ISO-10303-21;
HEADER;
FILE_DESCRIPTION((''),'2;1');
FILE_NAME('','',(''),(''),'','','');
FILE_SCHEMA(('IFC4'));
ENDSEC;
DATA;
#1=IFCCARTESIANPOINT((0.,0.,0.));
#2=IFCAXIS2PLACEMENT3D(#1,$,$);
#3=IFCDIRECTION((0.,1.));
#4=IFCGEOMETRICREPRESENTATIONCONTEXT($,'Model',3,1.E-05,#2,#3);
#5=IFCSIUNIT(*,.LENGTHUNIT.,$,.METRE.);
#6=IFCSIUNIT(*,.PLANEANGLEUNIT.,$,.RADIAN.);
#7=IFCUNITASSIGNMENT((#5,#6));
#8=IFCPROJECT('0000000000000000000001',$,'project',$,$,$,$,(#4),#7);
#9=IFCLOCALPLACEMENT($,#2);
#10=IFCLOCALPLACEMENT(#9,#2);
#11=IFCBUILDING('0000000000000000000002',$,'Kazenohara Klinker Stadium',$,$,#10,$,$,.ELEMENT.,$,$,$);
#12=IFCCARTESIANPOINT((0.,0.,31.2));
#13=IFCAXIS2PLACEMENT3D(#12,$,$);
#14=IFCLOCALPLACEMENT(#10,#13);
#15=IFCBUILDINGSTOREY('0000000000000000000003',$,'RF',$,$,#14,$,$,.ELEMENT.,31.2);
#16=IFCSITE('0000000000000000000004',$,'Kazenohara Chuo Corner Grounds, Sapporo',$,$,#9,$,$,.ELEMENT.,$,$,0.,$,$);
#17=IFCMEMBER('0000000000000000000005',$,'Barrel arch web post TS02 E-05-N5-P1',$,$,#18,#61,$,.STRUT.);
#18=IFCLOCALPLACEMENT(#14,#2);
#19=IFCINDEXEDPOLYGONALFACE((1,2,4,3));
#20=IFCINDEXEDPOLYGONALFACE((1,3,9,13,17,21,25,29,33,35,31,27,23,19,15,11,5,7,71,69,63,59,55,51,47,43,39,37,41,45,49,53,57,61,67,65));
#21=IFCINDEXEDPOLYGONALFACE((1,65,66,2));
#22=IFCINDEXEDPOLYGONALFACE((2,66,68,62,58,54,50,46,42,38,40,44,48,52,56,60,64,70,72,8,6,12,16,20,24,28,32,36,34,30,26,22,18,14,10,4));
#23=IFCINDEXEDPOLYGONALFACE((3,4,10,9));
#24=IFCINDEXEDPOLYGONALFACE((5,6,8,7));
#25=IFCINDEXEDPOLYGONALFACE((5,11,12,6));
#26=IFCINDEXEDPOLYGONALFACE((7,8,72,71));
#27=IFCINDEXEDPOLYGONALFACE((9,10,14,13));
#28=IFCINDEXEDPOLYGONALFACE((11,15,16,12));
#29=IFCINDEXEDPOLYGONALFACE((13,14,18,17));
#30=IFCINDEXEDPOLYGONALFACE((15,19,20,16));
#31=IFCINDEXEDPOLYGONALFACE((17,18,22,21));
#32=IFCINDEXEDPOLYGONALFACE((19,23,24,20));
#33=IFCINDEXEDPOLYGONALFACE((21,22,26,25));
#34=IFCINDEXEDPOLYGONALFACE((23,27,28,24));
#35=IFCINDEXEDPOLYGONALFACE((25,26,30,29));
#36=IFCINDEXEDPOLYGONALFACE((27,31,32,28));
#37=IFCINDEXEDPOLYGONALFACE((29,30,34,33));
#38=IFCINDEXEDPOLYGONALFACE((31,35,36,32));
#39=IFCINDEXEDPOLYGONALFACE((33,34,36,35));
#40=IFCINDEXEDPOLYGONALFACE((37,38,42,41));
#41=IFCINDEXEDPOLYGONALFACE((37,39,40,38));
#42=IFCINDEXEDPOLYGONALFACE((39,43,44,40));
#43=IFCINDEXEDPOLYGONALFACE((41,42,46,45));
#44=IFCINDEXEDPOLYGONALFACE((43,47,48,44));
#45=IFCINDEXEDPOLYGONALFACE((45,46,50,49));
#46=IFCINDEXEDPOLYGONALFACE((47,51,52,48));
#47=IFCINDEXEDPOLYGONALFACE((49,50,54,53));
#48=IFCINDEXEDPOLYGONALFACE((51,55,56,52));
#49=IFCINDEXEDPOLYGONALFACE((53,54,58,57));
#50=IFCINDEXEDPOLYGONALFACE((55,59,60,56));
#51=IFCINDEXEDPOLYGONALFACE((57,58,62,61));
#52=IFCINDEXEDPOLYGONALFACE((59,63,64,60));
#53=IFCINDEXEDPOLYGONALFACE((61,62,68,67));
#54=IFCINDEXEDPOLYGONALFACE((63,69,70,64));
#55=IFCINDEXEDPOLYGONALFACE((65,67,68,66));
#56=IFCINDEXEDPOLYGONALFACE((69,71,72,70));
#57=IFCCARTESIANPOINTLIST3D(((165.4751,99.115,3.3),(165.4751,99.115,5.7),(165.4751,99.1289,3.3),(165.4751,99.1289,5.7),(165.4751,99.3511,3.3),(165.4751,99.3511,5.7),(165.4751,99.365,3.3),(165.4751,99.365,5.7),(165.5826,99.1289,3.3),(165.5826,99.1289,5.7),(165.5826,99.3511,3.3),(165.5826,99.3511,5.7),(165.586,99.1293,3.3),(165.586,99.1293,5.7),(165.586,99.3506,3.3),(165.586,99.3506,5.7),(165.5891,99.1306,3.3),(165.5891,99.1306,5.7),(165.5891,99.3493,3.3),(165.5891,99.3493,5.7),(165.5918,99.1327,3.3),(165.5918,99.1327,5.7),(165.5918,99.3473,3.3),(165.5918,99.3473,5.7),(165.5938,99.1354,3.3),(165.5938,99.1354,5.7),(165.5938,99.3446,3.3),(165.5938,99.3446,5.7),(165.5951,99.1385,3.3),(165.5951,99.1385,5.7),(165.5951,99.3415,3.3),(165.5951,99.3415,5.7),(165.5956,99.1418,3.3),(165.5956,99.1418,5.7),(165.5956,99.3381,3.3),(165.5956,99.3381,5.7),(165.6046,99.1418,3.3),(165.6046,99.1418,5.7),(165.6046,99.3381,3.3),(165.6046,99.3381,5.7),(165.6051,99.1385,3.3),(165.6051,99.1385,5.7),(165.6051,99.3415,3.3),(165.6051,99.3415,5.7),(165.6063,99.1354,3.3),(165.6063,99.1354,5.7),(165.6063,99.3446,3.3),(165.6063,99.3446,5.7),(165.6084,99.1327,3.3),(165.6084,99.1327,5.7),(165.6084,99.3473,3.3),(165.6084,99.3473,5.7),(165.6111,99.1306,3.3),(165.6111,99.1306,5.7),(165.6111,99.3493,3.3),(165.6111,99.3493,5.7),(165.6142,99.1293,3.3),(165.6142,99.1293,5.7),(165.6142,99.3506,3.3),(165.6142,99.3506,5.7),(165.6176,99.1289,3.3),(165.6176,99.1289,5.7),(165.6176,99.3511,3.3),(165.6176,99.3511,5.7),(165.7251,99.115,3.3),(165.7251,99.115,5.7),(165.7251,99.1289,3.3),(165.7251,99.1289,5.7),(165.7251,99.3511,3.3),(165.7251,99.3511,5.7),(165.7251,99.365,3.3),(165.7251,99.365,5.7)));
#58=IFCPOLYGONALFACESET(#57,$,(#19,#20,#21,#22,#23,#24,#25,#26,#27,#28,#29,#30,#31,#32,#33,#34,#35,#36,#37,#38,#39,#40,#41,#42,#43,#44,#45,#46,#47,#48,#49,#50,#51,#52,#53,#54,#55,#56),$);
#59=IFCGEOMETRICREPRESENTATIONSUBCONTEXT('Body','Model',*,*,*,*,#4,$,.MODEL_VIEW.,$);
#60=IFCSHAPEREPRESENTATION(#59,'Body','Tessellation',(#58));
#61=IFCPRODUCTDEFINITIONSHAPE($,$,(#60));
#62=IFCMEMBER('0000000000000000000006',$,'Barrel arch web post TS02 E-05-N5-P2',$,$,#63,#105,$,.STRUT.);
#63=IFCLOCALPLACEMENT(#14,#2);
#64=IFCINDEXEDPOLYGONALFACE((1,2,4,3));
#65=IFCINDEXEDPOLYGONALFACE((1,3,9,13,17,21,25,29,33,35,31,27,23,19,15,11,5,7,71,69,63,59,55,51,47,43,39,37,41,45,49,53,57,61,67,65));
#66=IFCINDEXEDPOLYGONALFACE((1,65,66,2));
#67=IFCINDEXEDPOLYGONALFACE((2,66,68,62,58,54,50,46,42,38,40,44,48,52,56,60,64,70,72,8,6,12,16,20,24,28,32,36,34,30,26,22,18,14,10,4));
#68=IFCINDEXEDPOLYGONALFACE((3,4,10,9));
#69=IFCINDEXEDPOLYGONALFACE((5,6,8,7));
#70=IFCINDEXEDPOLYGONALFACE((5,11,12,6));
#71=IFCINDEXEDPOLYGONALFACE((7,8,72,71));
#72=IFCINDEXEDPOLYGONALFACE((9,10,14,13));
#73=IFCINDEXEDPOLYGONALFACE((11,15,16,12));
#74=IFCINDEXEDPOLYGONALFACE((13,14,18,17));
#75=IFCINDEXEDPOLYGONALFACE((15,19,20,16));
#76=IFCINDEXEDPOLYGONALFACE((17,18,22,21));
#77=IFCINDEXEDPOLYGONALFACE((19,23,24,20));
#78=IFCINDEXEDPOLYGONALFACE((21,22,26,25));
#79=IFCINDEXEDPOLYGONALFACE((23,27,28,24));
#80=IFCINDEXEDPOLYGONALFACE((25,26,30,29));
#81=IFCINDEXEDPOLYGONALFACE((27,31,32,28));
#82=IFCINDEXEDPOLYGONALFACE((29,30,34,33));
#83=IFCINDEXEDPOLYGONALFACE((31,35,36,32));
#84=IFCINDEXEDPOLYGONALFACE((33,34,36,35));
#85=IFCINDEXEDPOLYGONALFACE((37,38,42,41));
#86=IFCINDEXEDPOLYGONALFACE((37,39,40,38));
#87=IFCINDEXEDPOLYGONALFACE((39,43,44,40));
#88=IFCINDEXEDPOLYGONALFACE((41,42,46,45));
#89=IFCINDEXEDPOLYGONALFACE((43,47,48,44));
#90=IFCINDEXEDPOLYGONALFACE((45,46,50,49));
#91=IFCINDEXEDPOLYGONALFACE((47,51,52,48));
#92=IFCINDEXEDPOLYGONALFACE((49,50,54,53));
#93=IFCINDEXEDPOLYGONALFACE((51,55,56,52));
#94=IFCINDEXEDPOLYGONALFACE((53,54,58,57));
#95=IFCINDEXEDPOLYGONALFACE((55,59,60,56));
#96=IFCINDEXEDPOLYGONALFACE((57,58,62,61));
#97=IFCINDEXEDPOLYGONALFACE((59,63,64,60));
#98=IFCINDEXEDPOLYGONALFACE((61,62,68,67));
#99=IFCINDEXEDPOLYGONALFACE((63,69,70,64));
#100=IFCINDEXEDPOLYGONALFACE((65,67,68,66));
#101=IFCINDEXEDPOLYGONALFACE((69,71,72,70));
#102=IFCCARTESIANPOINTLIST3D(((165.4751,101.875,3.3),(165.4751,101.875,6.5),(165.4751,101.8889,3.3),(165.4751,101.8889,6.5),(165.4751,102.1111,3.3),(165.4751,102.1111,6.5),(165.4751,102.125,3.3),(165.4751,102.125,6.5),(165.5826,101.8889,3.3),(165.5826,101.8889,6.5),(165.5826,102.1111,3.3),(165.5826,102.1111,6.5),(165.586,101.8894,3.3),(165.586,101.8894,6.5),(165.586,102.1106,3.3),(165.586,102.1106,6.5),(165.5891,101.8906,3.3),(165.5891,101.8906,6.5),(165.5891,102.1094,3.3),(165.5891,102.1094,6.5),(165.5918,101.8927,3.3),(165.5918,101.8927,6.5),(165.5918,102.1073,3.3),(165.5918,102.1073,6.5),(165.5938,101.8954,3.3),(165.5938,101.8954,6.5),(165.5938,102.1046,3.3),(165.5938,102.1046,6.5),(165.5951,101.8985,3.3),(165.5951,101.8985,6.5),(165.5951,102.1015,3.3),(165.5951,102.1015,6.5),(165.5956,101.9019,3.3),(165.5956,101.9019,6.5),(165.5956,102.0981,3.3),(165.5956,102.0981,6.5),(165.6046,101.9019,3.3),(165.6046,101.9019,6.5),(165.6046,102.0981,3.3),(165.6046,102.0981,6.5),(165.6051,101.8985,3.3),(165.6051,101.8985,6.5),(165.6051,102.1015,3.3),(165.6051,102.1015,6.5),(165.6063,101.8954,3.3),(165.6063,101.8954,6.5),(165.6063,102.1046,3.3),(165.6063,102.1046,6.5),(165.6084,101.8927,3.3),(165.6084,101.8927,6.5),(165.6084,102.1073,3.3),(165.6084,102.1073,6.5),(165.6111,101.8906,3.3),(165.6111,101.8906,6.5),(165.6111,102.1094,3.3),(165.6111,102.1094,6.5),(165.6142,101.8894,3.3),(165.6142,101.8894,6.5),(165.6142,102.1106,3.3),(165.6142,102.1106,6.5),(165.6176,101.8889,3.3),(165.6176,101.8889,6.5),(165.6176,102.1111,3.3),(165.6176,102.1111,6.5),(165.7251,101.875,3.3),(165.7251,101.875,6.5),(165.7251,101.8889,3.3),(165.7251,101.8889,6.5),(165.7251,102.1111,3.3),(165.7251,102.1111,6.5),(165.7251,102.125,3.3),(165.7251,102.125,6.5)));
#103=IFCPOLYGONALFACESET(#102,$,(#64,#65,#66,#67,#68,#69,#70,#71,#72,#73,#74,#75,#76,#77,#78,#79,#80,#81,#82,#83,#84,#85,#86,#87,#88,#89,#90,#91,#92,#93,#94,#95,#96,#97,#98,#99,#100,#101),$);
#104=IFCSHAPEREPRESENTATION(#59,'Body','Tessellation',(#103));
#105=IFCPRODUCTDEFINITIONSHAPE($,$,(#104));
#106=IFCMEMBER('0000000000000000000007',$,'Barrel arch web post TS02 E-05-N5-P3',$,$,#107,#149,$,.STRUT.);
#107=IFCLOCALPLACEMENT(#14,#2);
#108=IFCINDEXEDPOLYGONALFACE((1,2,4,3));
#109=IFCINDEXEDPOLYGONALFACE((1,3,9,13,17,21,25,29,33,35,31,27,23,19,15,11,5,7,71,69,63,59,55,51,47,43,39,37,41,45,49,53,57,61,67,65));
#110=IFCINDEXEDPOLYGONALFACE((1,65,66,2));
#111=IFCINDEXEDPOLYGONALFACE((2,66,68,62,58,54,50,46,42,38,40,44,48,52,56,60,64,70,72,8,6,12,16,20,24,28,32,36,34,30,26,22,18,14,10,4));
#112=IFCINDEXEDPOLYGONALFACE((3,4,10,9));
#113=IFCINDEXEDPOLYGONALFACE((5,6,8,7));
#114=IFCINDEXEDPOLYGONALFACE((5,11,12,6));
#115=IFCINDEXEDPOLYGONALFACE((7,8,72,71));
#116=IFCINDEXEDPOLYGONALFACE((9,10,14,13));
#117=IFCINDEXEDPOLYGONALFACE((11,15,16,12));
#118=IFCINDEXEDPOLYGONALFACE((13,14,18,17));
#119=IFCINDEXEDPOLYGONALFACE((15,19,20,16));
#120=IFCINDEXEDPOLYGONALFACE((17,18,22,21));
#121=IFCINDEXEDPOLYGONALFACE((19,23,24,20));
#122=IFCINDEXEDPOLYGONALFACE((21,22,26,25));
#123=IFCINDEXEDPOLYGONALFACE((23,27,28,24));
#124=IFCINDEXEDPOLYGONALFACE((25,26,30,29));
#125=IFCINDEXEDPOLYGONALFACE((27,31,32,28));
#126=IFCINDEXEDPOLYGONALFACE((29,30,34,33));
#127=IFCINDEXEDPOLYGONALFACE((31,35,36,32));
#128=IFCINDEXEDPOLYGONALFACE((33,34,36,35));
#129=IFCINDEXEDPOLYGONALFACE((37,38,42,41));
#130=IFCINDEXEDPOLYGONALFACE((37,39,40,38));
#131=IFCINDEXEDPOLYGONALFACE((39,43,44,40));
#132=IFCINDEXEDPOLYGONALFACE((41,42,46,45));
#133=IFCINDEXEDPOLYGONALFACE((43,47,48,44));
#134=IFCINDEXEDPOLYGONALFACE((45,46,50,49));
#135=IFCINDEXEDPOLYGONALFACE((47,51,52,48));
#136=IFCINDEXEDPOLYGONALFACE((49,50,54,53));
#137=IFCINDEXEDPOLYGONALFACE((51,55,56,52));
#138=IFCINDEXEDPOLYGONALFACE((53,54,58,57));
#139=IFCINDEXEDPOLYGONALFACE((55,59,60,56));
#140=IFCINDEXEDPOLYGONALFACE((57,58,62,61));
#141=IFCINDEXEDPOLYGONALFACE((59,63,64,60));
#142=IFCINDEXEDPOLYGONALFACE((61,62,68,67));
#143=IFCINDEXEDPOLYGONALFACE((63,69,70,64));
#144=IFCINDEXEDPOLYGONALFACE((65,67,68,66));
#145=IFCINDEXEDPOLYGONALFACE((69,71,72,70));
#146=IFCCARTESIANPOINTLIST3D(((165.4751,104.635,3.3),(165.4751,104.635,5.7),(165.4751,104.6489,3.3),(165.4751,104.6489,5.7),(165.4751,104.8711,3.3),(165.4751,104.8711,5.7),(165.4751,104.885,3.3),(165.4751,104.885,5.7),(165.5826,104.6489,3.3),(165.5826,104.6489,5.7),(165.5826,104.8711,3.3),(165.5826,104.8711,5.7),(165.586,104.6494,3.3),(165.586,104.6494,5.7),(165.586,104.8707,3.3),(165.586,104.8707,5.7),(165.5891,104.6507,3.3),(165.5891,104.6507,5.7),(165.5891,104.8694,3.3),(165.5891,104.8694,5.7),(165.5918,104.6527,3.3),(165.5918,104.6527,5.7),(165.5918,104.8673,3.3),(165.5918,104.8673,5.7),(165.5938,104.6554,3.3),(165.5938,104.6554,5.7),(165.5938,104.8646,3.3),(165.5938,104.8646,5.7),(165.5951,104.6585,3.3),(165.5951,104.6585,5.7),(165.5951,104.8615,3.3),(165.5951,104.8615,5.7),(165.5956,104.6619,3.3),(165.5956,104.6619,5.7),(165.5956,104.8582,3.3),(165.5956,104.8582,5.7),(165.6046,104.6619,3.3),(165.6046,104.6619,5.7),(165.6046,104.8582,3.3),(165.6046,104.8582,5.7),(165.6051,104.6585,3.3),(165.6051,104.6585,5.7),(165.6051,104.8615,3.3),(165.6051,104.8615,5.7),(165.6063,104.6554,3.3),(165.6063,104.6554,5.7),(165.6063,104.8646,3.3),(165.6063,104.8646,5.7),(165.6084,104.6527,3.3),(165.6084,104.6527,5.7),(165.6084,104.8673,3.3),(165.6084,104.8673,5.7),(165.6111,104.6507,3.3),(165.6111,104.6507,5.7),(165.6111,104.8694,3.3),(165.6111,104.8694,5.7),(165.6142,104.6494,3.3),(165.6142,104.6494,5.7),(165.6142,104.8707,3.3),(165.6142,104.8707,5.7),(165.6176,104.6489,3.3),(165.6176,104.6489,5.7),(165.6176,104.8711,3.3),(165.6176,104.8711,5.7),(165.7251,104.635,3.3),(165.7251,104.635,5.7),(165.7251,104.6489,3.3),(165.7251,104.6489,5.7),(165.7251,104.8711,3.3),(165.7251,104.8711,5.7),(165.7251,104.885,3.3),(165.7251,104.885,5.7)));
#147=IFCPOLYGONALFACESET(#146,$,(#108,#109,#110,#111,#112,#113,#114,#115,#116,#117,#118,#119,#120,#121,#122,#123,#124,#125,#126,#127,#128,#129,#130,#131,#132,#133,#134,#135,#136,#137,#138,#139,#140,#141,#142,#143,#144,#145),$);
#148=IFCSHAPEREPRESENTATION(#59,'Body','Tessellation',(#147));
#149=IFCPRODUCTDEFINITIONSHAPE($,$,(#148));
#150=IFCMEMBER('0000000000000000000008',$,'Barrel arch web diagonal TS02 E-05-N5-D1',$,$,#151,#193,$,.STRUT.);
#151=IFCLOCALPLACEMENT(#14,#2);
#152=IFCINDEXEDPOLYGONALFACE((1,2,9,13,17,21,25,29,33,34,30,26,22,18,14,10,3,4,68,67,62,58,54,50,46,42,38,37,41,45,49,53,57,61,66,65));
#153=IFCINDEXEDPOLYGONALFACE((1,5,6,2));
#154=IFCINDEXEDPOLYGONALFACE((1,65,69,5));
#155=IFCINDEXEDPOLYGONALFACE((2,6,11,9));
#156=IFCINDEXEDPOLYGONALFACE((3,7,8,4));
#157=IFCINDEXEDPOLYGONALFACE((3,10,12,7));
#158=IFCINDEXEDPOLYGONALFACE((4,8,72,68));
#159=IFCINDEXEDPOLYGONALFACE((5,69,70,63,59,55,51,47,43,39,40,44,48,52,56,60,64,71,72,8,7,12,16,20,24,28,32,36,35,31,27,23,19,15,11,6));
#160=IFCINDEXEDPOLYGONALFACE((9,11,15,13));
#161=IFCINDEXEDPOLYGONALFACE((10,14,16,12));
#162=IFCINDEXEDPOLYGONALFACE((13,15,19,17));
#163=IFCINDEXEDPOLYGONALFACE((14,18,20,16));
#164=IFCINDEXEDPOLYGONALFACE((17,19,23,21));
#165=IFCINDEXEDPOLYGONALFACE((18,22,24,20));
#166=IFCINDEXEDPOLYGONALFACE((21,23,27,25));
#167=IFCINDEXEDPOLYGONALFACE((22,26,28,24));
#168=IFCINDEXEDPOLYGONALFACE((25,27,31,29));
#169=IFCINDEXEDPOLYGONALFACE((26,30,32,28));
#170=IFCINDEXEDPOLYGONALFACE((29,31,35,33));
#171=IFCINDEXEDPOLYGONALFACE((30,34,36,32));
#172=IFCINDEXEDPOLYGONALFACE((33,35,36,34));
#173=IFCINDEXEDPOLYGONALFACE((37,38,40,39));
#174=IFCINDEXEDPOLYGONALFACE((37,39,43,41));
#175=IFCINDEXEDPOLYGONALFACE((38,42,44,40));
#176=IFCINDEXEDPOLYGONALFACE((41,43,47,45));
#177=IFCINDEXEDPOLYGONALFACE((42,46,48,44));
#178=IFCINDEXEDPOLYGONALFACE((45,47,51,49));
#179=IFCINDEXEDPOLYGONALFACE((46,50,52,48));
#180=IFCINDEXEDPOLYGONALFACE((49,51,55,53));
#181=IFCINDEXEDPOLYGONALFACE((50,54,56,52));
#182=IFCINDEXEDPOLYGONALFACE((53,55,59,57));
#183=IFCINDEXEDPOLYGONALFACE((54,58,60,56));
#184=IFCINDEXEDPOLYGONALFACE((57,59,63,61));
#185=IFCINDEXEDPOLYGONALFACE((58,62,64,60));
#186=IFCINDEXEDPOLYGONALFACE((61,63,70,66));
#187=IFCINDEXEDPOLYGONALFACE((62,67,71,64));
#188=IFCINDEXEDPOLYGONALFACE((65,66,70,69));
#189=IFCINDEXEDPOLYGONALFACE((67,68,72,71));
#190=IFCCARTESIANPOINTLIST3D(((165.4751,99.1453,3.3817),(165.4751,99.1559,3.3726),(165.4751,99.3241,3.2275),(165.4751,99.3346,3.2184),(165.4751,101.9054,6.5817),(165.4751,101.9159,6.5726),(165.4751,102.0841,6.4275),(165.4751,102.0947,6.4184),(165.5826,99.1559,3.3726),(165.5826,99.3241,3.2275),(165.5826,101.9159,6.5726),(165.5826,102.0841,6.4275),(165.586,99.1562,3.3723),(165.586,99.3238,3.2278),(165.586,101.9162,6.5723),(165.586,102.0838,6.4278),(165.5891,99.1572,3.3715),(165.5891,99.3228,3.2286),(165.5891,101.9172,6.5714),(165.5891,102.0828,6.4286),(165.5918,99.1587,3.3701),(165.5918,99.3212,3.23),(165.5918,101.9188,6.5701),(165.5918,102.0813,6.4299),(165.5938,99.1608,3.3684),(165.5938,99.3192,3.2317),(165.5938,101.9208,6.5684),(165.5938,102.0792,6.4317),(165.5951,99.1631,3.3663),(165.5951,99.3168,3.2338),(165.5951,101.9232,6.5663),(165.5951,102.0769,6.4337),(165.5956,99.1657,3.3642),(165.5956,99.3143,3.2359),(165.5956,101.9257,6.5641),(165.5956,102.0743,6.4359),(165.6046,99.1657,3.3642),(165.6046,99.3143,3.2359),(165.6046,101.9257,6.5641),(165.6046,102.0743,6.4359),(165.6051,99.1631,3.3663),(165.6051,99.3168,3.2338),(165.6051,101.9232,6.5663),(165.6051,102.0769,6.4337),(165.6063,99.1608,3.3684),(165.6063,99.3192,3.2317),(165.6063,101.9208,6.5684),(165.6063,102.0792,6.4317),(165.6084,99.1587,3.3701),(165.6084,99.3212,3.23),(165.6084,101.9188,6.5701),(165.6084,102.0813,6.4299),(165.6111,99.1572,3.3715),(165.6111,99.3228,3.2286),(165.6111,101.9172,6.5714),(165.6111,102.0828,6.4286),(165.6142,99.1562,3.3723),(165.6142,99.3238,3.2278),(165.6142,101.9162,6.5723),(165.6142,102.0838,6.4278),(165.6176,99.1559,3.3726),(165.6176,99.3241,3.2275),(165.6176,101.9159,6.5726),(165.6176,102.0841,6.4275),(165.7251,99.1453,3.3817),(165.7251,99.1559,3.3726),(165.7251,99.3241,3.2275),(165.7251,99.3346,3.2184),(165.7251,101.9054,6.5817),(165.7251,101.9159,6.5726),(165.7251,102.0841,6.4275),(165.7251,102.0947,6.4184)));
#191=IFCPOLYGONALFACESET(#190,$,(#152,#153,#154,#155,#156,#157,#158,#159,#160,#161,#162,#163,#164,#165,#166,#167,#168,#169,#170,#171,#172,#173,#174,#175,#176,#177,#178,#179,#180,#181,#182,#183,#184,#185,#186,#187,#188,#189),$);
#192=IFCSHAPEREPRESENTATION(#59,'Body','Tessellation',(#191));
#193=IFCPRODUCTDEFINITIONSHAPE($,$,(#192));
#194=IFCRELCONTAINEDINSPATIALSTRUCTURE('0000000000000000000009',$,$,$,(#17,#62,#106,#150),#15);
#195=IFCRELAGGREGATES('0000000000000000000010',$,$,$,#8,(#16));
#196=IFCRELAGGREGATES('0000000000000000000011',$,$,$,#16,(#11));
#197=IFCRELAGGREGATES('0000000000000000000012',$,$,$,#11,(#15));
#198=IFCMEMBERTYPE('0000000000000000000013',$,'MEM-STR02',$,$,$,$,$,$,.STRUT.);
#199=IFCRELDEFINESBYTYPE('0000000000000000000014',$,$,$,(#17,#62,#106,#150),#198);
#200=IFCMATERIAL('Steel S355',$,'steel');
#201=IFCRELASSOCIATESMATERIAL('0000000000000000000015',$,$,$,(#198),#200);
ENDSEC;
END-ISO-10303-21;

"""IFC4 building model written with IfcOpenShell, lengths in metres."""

from ifc_helpers import new_model, si_unit, direction, frame, origin, origin_2d, place, context, subcontext, project, spatial, i_section, extrude, material, material_profile, profile_set, type_object, element, save


model = new_model("IFC4")

# Units and contexts
model_context = context("Model", 3, precision=1e-05, world=origin(), true_north=direction((0.0, 1.0)))
body_context = subcontext(model_context, "Body", "Model", "MODEL_VIEW")
ifc_project = project(units=[si_unit("LENGTHUNIT", "METRE"), si_unit("PLANEANGLEUNIT", "RADIAN")], contexts=[model_context])

# Site, building, storey
site_placement = place(None, origin())
site = spatial("IfcSite", under=ifc_project, at=site_placement, Name="Kazenohara Chuo Corner Grounds, Sapporo", CompositionType="ELEMENT", RefElevation=0.0)
building_placement = place(site_placement, origin())
building = spatial("IfcBuilding", under=site, at=building_placement, Name="Kazenohara Klinker Stadium", CompositionType="ELEMENT")
storey_placement = place(building_placement, frame((0.0, 0.0, 31.2)))
storey = spatial("IfcBuildingStorey", under=building, at=storey_placement, Name="RF", CompositionType="ELEMENT", Elevation=31.2)

# Members
ifc_material_1 = material(Name="Steel S355", Category="steel")
ifc_material_profile_1 = material_profile(ifc_material_1, i_section(OverallWidth=0.25, OverallDepth=0.25, WebThickness=0.009, FlangeThickness=0.0139, FilletRadius=0.0129, at=origin_2d()), Name="H-250x250x9x14")
ifc_profile_set_1 = profile_set([ifc_material_profile_1], Name="Steel S355")
member_type_1 = type_object("IfcMemberType", Name="MEM-STR02", PredefinedType="STRUT", material=ifc_profile_set_1)
member_1_placement = place(storey_placement, frame((165.6001, 99.24, 3.3), z_axis=(0.0, 0.0, 1.0), x_axis=(1.0, 0.0, 0.0)))
element("IfcMember", 1, at=member_1_placement, inside=storey, type_object=member_type_1, Name="Barrel arch web post TS02 E-05-N5-P1", PredefinedType="STRUT", context=body_context, shape_type="SweptSolid", body=[
    extrude(i_section(OverallWidth=0.25, OverallDepth=0.25, WebThickness=0.009, FlangeThickness=0.0139, FilletRadius=0.0129, at=origin_2d()), origin(), (0.0, 0.0, 1.0), 2.3999),
])
member_2_placement = place(storey_placement, frame((165.6001, 102.0, 3.3), z_axis=(0.0, 0.0, 1.0), x_axis=(1.0, 0.0, 0.0)))
element("IfcMember", 2, at=member_2_placement, inside=storey, type_object=member_type_1, Name="Barrel arch web post TS02 E-05-N5-P2", PredefinedType="STRUT", context=body_context, shape_type="SweptSolid", body=[
    extrude(i_section(OverallWidth=0.25, OverallDepth=0.25, WebThickness=0.009, FlangeThickness=0.0139, FilletRadius=0.0129, at=origin_2d()), origin(), (0.0, 0.0, 1.0), 3.2),
])
member_3_placement = place(storey_placement, frame((165.6001, 104.76, 3.3), z_axis=(0.0, 0.0, 1.0), x_axis=(1.0, 0.0, 0.0)))
element("IfcMember", 3, at=member_3_placement, inside=storey, type_object=member_type_1, Name="Barrel arch web post TS02 E-05-N5-P3", PredefinedType="STRUT", context=body_context, shape_type="SweptSolid", body=[
    extrude(i_section(OverallWidth=0.25, OverallDepth=0.25, WebThickness=0.009, FlangeThickness=0.0139, FilletRadius=0.0129, at=origin_2d()), origin(), (0.0, 0.0, 1.0), 2.3999),
])
for number, where, z_axis, x_axis, name in (
    (4, (165.6001, 99.24, 3.3), (0.0, 0.653134, 0.757242), (-1.0, 0.0, 0.0), "Barrel arch web diagonal TS02 E-05-N5-D1"),
):
    element("IfcMember", number, at=place(storey_placement, frame(where, z_axis=z_axis, x_axis=x_axis)), inside=storey, type_object=member_type_1, Name=name, PredefinedType="STRUT", context=body_context, shape_type="SweptSolid", body=[
        extrude(i_section(OverallWidth=0.25, OverallDepth=0.25, WebThickness=0.009, FlangeThickness=0.0139, FilletRadius=0.0129, at=origin_2d()), origin(), (0.0, 0.0, 1.0), 4.2258),
    ])

save(model, "model.ifc")
